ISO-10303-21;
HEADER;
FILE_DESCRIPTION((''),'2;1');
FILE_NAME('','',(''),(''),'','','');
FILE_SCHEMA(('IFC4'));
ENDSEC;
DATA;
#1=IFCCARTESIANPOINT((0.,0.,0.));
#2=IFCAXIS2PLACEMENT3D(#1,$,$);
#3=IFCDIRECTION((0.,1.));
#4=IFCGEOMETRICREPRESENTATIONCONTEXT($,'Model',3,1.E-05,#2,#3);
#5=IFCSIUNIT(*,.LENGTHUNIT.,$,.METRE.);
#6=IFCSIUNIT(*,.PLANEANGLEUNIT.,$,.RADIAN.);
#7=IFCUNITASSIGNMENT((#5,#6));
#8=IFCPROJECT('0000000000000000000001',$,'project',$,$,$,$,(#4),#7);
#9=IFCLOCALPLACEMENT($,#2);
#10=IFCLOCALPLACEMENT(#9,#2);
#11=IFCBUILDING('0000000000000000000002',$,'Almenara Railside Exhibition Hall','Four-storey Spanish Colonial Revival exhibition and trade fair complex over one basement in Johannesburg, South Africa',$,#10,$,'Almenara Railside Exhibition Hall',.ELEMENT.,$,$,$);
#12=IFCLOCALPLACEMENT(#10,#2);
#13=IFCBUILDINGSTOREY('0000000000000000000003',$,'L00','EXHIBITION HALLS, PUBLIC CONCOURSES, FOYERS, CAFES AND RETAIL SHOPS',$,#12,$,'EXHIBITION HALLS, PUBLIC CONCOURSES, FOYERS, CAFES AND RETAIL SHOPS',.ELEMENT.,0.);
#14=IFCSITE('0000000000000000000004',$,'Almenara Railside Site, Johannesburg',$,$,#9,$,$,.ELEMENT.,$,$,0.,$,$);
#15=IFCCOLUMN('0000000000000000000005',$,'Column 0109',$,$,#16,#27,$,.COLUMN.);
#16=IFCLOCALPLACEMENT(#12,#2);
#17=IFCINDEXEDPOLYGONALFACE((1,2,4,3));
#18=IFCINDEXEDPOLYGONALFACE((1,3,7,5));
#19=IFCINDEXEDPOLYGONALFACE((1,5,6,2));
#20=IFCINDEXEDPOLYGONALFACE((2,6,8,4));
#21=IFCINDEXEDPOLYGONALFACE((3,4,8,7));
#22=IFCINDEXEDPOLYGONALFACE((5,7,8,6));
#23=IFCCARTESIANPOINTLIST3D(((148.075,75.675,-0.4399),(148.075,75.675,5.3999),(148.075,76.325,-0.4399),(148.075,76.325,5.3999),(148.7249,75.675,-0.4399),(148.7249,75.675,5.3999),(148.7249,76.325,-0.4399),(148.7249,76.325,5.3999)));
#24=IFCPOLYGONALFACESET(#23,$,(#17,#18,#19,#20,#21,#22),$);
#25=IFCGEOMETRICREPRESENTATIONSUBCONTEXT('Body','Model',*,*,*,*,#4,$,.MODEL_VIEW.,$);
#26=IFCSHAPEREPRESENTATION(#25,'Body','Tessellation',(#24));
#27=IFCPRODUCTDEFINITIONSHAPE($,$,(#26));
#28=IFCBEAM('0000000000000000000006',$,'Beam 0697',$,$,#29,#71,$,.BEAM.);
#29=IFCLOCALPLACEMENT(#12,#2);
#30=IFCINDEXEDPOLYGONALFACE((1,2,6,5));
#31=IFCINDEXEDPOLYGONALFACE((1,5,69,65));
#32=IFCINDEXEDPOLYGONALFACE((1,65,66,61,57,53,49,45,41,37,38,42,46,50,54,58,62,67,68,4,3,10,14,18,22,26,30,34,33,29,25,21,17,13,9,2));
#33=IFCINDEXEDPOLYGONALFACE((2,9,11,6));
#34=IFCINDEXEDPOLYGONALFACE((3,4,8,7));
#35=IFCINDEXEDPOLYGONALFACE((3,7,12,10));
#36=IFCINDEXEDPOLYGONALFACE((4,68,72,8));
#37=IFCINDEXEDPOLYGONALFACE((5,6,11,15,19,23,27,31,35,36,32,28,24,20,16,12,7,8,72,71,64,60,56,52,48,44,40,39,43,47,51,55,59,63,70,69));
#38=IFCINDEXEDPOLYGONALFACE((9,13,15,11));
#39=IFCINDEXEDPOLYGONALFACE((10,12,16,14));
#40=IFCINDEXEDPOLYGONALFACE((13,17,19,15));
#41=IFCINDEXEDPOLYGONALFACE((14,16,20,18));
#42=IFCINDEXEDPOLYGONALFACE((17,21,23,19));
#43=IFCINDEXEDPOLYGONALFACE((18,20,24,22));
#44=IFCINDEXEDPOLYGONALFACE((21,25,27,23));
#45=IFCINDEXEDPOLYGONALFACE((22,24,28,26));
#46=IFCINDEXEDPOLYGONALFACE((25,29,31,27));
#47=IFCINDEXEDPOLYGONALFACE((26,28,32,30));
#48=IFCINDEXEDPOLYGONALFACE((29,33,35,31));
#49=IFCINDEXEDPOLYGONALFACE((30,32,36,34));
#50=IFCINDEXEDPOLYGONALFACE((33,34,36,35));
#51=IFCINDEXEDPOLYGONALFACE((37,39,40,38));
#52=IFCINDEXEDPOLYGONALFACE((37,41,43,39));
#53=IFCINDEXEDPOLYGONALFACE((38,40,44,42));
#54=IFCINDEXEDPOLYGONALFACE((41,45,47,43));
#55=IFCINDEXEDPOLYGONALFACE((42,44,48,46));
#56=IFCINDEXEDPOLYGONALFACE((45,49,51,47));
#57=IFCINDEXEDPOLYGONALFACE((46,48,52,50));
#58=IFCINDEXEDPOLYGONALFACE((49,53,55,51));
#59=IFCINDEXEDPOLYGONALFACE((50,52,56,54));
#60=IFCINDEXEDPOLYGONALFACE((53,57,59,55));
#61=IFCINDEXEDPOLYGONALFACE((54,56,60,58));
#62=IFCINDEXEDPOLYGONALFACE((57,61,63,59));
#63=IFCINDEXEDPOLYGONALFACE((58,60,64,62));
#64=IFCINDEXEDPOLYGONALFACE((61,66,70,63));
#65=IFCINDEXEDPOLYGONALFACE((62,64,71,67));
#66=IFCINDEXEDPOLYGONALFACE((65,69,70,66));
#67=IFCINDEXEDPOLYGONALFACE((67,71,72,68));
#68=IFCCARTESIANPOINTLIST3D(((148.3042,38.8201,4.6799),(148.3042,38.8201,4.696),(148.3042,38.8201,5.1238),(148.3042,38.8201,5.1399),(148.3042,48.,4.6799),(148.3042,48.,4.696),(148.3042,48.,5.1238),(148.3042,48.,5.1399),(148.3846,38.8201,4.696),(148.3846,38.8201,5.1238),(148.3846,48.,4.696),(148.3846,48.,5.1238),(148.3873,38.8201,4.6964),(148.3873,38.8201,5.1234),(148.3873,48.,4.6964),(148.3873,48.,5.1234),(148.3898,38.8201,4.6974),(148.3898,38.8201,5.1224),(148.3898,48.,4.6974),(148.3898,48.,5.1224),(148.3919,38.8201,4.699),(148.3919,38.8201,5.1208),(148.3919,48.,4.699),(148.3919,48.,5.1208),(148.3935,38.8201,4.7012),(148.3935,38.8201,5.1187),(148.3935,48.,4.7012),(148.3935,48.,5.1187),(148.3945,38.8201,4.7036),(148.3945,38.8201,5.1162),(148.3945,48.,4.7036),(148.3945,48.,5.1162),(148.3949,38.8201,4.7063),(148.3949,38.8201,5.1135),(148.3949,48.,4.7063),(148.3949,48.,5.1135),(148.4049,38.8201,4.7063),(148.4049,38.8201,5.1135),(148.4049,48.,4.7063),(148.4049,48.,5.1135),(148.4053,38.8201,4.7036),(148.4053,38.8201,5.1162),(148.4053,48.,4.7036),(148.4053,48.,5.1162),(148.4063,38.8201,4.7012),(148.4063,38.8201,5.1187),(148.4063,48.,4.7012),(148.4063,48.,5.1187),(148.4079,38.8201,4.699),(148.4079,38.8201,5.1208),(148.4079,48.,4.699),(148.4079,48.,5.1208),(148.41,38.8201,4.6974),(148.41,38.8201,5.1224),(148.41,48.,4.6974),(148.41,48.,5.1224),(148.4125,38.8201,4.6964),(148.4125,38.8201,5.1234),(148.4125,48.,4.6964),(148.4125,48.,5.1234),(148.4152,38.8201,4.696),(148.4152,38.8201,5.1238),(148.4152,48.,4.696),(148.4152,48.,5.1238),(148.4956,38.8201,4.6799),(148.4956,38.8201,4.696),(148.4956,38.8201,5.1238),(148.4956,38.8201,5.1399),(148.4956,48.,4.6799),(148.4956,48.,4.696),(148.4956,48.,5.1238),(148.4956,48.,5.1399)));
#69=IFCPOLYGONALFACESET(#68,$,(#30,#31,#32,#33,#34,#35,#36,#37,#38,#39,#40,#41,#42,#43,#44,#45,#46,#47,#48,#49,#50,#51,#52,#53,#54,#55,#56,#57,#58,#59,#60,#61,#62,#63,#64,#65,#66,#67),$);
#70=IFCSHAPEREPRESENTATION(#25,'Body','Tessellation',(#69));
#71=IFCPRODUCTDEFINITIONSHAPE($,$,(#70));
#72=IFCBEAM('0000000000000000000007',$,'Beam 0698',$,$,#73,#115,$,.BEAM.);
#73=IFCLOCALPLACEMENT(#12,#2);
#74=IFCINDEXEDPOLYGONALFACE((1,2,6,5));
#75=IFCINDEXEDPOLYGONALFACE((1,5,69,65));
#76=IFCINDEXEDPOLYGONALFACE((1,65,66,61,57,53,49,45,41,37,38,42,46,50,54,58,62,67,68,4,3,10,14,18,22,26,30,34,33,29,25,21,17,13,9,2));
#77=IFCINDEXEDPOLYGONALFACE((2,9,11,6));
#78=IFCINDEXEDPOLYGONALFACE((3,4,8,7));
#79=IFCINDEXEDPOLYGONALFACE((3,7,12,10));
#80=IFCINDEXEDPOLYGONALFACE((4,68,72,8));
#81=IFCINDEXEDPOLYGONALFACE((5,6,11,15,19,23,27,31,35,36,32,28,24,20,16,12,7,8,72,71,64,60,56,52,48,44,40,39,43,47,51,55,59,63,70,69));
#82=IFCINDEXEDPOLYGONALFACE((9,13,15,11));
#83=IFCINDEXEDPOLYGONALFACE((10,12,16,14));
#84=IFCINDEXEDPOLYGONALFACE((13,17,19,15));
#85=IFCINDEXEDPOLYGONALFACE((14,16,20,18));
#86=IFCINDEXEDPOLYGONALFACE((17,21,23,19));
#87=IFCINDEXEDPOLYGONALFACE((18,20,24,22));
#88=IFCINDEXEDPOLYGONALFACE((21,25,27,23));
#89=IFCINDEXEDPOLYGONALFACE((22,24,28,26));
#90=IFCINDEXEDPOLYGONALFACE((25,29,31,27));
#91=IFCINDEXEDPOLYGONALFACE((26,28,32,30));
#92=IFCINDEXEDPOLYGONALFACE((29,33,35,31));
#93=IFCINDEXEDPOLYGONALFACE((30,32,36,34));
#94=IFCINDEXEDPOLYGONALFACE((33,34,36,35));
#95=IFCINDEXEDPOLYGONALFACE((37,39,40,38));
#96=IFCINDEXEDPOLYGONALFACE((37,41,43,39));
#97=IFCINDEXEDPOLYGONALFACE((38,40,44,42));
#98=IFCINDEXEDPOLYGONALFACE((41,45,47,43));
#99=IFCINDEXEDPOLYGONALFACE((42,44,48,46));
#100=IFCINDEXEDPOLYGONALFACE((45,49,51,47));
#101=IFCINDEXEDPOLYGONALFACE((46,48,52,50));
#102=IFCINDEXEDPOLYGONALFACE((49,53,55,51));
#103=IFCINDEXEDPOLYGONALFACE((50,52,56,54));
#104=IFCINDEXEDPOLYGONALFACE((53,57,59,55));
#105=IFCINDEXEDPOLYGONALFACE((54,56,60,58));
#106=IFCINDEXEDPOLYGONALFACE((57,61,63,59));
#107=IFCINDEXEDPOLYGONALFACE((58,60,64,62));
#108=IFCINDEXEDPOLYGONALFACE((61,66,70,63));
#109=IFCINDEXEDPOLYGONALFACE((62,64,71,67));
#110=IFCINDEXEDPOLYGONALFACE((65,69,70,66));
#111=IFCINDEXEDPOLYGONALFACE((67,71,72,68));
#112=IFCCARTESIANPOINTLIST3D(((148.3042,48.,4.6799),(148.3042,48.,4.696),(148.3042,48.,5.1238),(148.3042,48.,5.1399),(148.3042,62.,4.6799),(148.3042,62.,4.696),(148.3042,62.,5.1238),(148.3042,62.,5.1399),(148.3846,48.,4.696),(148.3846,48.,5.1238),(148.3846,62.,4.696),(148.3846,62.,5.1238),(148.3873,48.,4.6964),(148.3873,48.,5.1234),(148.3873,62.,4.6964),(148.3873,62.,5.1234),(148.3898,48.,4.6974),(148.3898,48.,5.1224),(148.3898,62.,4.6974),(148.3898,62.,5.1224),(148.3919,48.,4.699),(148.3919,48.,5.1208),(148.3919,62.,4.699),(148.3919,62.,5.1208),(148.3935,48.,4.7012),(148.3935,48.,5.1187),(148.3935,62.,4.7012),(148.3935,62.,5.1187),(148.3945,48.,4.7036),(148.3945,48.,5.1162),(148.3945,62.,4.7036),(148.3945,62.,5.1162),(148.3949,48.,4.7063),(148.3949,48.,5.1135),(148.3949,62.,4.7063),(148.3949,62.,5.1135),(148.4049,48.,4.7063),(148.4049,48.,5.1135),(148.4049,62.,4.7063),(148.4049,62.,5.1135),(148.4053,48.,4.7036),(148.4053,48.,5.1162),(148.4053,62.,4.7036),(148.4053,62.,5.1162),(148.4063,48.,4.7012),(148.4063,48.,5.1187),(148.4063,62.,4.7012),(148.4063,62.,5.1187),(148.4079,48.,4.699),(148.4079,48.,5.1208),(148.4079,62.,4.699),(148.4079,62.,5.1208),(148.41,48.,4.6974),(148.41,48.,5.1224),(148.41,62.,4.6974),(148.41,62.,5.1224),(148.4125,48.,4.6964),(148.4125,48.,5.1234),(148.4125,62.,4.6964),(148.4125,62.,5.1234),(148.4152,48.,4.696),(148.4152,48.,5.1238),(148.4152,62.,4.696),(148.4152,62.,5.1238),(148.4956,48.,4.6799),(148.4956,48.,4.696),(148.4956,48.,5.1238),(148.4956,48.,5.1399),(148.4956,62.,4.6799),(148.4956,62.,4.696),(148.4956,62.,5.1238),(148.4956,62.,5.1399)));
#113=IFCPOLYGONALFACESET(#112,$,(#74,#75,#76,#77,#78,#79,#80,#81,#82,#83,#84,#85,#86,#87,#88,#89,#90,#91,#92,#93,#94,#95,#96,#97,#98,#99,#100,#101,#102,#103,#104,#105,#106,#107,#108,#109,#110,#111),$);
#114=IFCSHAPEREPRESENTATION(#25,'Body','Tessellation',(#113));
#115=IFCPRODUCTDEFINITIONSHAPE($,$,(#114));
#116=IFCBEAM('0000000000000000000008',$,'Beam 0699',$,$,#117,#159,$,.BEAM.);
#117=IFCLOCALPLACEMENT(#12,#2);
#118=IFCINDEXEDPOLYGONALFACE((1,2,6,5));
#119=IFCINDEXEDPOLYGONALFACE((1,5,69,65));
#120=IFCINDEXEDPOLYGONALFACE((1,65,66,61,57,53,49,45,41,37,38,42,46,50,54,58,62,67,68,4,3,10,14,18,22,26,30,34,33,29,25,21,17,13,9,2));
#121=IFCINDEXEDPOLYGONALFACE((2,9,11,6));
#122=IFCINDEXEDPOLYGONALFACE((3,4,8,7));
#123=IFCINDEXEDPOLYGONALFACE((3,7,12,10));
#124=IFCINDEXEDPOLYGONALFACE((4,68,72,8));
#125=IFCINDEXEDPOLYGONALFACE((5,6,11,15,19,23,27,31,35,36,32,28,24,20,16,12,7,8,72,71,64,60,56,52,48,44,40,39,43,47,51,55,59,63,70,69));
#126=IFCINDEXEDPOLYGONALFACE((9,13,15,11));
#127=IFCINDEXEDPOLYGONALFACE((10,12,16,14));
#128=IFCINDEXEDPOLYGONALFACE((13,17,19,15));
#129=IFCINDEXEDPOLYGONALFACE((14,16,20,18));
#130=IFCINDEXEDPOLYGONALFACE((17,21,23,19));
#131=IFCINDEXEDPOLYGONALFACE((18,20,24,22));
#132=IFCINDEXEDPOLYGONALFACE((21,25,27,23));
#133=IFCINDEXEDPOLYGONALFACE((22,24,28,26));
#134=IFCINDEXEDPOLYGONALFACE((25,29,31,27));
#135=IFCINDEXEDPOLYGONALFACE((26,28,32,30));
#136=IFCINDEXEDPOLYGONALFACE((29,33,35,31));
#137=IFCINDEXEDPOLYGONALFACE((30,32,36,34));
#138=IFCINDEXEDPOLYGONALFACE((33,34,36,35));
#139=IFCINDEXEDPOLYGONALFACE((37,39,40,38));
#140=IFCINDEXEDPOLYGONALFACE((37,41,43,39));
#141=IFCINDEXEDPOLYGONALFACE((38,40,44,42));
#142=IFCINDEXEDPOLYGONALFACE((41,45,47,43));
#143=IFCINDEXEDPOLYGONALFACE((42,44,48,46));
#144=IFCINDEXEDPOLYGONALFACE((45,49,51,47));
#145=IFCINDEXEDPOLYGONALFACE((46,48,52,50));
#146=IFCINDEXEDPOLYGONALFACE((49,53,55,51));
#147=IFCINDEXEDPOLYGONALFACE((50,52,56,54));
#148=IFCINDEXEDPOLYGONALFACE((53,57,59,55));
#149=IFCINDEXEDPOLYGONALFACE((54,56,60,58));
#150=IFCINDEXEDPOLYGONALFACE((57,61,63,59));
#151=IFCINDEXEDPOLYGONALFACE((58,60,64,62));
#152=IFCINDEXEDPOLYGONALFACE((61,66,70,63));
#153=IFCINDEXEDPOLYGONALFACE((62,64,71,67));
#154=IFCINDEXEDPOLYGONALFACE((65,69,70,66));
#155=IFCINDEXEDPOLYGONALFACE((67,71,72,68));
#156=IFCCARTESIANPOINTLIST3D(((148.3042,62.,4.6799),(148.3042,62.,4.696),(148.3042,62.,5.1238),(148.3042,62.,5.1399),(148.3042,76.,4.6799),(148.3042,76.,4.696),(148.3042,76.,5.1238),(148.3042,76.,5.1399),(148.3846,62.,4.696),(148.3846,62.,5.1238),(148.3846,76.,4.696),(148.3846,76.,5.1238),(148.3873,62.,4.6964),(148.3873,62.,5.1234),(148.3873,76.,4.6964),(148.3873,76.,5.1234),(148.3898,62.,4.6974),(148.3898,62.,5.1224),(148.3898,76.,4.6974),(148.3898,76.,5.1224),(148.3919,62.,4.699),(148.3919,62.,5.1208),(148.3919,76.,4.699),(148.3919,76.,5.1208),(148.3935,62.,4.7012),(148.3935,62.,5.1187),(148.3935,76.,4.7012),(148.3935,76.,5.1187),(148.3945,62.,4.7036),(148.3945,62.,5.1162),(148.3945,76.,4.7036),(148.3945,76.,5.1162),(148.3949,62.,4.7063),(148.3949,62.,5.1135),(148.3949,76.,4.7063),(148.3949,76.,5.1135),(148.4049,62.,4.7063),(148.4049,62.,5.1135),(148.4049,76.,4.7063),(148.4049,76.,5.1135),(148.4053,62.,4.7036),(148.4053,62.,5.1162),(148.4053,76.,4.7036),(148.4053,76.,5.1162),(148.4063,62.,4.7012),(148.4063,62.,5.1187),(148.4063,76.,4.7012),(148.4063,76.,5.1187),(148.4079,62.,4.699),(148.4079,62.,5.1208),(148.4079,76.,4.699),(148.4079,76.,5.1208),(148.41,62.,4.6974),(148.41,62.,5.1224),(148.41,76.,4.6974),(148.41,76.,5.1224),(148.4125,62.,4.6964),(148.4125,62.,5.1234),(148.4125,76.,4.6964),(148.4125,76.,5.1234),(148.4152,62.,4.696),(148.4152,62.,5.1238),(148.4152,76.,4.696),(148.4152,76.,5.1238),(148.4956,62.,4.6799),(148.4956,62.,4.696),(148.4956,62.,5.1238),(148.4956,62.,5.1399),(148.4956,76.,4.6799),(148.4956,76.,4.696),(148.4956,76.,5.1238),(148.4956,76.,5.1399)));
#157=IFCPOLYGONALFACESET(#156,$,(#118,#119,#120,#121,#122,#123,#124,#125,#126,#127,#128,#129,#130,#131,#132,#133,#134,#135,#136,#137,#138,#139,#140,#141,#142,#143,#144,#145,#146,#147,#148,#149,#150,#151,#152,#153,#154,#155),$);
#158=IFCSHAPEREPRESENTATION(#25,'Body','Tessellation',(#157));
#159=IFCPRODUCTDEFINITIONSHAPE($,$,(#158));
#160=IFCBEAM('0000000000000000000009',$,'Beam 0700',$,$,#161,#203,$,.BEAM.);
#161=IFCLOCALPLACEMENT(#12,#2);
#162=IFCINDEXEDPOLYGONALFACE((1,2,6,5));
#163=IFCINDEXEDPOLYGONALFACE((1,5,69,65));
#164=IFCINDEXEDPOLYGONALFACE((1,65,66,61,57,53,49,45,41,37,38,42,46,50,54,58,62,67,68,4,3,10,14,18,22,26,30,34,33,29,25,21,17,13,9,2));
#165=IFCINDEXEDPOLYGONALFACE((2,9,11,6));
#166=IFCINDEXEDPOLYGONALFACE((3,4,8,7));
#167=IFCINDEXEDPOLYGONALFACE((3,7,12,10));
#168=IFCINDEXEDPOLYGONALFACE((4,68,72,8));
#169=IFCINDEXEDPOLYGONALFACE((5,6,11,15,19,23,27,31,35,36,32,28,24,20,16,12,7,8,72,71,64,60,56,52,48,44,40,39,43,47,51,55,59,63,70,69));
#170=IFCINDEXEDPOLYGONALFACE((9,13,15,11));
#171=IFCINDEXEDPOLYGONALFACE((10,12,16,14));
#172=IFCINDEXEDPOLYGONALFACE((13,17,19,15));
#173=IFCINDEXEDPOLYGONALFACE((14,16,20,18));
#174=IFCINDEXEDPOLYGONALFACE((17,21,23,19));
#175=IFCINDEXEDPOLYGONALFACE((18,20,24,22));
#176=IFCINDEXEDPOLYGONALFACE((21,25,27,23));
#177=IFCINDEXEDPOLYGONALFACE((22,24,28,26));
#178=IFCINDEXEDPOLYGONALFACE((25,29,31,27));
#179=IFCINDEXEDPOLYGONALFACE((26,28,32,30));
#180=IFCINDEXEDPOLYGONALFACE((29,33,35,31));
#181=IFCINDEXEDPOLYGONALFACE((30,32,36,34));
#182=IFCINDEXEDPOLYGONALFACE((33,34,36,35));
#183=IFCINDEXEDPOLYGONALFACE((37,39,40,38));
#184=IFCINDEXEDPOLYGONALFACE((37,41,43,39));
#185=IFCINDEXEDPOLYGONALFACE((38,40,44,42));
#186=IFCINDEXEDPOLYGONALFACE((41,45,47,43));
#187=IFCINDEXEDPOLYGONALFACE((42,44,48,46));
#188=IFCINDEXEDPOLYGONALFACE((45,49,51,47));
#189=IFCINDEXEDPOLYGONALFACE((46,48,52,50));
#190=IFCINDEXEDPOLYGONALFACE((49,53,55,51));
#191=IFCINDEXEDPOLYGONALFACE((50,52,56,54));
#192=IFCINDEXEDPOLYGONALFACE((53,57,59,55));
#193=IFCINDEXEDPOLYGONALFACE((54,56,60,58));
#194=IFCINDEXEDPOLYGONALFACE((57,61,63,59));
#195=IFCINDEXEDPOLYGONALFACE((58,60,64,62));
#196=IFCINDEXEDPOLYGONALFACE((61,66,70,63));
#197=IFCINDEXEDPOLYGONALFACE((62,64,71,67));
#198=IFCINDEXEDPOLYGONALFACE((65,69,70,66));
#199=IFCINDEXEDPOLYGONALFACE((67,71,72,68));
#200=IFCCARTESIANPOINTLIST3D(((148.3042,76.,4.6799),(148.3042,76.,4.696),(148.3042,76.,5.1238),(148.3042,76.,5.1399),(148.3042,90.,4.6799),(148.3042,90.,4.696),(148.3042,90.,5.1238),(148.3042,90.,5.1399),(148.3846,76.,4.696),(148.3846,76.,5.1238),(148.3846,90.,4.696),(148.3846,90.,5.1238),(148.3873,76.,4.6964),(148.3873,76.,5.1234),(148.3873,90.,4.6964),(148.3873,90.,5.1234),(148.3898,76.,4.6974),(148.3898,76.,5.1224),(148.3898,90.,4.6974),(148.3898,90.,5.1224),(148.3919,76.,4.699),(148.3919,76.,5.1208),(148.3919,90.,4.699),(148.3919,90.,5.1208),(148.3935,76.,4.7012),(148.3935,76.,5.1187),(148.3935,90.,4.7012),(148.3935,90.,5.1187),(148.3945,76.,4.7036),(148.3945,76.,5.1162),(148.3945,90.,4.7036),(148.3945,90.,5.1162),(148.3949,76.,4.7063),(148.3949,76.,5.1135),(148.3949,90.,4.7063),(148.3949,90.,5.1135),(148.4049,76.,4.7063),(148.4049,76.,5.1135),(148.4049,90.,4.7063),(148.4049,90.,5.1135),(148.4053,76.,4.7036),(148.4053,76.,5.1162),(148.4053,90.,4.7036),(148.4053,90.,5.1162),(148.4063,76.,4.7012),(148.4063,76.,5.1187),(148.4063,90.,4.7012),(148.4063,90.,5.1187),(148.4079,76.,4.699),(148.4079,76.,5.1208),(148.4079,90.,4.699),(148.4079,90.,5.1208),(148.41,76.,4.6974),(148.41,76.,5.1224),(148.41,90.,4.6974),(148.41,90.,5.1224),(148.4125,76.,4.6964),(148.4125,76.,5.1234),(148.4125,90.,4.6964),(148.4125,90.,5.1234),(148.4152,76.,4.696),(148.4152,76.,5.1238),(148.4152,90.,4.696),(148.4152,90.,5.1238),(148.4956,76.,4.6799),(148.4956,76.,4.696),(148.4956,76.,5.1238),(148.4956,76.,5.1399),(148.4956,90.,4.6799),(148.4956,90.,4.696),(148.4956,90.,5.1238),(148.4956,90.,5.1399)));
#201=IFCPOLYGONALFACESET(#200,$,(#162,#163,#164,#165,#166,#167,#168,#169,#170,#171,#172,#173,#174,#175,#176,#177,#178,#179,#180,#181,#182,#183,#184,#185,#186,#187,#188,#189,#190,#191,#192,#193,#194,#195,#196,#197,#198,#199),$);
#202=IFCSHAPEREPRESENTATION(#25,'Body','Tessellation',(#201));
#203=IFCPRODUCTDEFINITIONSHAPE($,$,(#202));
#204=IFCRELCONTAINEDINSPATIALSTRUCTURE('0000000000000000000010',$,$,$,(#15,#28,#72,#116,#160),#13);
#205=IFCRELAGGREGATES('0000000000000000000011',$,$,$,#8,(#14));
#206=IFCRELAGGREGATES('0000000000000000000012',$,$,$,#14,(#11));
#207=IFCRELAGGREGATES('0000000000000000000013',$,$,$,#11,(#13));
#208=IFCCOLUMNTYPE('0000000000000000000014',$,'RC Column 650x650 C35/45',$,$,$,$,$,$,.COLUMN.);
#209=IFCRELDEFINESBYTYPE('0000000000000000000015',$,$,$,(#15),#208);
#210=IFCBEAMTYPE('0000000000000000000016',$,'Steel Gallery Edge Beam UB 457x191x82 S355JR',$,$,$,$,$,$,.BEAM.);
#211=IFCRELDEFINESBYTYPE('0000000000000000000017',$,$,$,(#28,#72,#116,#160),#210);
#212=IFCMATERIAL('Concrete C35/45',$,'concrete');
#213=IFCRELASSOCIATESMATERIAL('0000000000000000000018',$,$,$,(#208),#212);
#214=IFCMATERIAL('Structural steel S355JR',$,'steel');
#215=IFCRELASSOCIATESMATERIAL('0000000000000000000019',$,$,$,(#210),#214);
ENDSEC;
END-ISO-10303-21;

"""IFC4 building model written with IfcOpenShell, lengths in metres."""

from ifc_helpers import new_model, si_unit, direction, frame, origin, origin_2d, place, context, subcontext, project, spatial, rectangle, i_section, extrude, material, material_profile, profile_set, type_object, element, save


model = new_model("IFC4")

# Units and contexts
model_context = context("Model", 3, precision=1e-05, world=origin(), true_north=direction((0.0, 1.0)))
body_context = subcontext(model_context, "Body", "Model", "MODEL_VIEW")
ifc_project = project(units=[si_unit("LENGTHUNIT", "METRE"), si_unit("PLANEANGLEUNIT", "RADIAN")], contexts=[model_context])

# Site, building, storey
site_placement = place(None, origin())
site = spatial("IfcSite", under=ifc_project, at=site_placement, Name="Almenara Railside Site, Johannesburg", CompositionType="ELEMENT", RefElevation=0.0)
building_placement = place(site_placement, origin())
building = spatial("IfcBuilding", under=site, at=building_placement, Name="Almenara Railside Exhibition Hall", Description="Four-storey Spanish Colonial Revival exhibition and trade fair complex over one basement in Johannesburg, South Africa", LongName="Almenara Railside Exhibition Hall", CompositionType="ELEMENT")
storey_placement = place(building_placement, origin())
storey = spatial("IfcBuildingStorey", under=building, at=storey_placement, Name="L00", Description="EXHIBITION HALLS, PUBLIC CONCOURSES, FOYERS, CAFES AND RETAIL SHOPS", LongName="EXHIBITION HALLS, PUBLIC CONCOURSES, FOYERS, CAFES AND RETAIL SHOPS", CompositionType="ELEMENT", Elevation=0.0)

# Column
ifc_material_1 = material(Name="Concrete C35/45", Category="concrete")
ifc_material_profile_1 = material_profile(ifc_material_1, rectangle(XDim=0.6499, YDim=0.6499, at=origin_2d()), Name="RC 650x650")
ifc_profile_set_1 = profile_set([ifc_material_profile_1], Name="Concrete C35/45")
column_type = type_object("IfcColumnType", Name="RC Column 650x650 C35/45", PredefinedType="COLUMN", material=ifc_profile_set_1)
for number, where, z_axis, x_axis, name in (
    (1, (148.3999, 76.0, -0.4399), (0.0, 0.0, 1.0), (1.0, 0.0, 0.0), "Column 0109"),
):
    element("IfcColumn", number, at=place(storey_placement, frame(where, z_axis=z_axis, x_axis=x_axis)), inside=storey, type_object=column_type, Name=name, PredefinedType="COLUMN", context=body_context, shape_type="SweptSolid", body=[
        extrude(rectangle(XDim=0.6499, YDim=0.6499, at=origin_2d()), origin(), (0.0, 0.0, 1.0), 5.8398),
    ])

# Beams
ifc_material_2 = material(Name="Structural steel S355JR", Category="steel")
ifc_material_profile_2 = material_profile(ifc_material_2, i_section(OverallWidth=0.1914, OverallDepth=0.46, WebThickness=0.01, FlangeThickness=0.0161, FilletRadius=0.0103, at=origin_2d()), Name="UB 457x191x82")
ifc_profile_set_2 = profile_set([ifc_material_profile_2], Name="Structural steel S355JR")
beam_type_1 = type_object("IfcBeamType", Name="Steel Gallery Edge Beam UB 457x191x82 S355JR", PredefinedType="BEAM", material=ifc_profile_set_2)
beam_1_placement = place(storey_placement, frame((148.3999, 38.8201, 4.9099), z_axis=(0.0, 1.0, 0.0), x_axis=(-1.0, 0.0, 0.0)))
element("IfcBeam", 2, at=beam_1_placement, inside=storey, type_object=beam_type_1, Name="Beam 0697", PredefinedType="BEAM", context=body_context, shape_type="SweptSolid", body=[
    extrude(i_section(OverallWidth=0.1914, OverallDepth=0.46, WebThickness=0.01, FlangeThickness=0.0161, FilletRadius=0.0103, at=origin_2d()), origin(), (0.0, 0.0, 1.0), 9.1799),
])
for number, where, z_axis, x_axis, name in (
    (3, (148.3999, 48.0, 4.9099), (0.0, 1.0, 0.0), (-1.0, 0.0, 0.0), "Beam 0698"),
    (4, (148.3999, 62.0, 4.9099), (0.0, 1.0, 0.0), (-1.0, 0.0, 0.0), "Beam 0699"),
    (5, (148.3999, 76.0, 4.9099), (0.0, 1.0, 0.0), (-1.0, 0.0, 0.0), "Beam 0700"),
):
    element("IfcBeam", number, at=place(storey_placement, frame(where, z_axis=z_axis, x_axis=x_axis)), inside=storey, type_object=beam_type_1, Name=name, PredefinedType="BEAM", context=body_context, shape_type="SweptSolid", body=[
        extrude(i_section(OverallWidth=0.1914, OverallDepth=0.46, WebThickness=0.01, FlangeThickness=0.0161, FilletRadius=0.0103, at=origin_2d()), origin(), (0.0, 0.0, 1.0), 14.0),
    ])

save(model, "model.ifc")
